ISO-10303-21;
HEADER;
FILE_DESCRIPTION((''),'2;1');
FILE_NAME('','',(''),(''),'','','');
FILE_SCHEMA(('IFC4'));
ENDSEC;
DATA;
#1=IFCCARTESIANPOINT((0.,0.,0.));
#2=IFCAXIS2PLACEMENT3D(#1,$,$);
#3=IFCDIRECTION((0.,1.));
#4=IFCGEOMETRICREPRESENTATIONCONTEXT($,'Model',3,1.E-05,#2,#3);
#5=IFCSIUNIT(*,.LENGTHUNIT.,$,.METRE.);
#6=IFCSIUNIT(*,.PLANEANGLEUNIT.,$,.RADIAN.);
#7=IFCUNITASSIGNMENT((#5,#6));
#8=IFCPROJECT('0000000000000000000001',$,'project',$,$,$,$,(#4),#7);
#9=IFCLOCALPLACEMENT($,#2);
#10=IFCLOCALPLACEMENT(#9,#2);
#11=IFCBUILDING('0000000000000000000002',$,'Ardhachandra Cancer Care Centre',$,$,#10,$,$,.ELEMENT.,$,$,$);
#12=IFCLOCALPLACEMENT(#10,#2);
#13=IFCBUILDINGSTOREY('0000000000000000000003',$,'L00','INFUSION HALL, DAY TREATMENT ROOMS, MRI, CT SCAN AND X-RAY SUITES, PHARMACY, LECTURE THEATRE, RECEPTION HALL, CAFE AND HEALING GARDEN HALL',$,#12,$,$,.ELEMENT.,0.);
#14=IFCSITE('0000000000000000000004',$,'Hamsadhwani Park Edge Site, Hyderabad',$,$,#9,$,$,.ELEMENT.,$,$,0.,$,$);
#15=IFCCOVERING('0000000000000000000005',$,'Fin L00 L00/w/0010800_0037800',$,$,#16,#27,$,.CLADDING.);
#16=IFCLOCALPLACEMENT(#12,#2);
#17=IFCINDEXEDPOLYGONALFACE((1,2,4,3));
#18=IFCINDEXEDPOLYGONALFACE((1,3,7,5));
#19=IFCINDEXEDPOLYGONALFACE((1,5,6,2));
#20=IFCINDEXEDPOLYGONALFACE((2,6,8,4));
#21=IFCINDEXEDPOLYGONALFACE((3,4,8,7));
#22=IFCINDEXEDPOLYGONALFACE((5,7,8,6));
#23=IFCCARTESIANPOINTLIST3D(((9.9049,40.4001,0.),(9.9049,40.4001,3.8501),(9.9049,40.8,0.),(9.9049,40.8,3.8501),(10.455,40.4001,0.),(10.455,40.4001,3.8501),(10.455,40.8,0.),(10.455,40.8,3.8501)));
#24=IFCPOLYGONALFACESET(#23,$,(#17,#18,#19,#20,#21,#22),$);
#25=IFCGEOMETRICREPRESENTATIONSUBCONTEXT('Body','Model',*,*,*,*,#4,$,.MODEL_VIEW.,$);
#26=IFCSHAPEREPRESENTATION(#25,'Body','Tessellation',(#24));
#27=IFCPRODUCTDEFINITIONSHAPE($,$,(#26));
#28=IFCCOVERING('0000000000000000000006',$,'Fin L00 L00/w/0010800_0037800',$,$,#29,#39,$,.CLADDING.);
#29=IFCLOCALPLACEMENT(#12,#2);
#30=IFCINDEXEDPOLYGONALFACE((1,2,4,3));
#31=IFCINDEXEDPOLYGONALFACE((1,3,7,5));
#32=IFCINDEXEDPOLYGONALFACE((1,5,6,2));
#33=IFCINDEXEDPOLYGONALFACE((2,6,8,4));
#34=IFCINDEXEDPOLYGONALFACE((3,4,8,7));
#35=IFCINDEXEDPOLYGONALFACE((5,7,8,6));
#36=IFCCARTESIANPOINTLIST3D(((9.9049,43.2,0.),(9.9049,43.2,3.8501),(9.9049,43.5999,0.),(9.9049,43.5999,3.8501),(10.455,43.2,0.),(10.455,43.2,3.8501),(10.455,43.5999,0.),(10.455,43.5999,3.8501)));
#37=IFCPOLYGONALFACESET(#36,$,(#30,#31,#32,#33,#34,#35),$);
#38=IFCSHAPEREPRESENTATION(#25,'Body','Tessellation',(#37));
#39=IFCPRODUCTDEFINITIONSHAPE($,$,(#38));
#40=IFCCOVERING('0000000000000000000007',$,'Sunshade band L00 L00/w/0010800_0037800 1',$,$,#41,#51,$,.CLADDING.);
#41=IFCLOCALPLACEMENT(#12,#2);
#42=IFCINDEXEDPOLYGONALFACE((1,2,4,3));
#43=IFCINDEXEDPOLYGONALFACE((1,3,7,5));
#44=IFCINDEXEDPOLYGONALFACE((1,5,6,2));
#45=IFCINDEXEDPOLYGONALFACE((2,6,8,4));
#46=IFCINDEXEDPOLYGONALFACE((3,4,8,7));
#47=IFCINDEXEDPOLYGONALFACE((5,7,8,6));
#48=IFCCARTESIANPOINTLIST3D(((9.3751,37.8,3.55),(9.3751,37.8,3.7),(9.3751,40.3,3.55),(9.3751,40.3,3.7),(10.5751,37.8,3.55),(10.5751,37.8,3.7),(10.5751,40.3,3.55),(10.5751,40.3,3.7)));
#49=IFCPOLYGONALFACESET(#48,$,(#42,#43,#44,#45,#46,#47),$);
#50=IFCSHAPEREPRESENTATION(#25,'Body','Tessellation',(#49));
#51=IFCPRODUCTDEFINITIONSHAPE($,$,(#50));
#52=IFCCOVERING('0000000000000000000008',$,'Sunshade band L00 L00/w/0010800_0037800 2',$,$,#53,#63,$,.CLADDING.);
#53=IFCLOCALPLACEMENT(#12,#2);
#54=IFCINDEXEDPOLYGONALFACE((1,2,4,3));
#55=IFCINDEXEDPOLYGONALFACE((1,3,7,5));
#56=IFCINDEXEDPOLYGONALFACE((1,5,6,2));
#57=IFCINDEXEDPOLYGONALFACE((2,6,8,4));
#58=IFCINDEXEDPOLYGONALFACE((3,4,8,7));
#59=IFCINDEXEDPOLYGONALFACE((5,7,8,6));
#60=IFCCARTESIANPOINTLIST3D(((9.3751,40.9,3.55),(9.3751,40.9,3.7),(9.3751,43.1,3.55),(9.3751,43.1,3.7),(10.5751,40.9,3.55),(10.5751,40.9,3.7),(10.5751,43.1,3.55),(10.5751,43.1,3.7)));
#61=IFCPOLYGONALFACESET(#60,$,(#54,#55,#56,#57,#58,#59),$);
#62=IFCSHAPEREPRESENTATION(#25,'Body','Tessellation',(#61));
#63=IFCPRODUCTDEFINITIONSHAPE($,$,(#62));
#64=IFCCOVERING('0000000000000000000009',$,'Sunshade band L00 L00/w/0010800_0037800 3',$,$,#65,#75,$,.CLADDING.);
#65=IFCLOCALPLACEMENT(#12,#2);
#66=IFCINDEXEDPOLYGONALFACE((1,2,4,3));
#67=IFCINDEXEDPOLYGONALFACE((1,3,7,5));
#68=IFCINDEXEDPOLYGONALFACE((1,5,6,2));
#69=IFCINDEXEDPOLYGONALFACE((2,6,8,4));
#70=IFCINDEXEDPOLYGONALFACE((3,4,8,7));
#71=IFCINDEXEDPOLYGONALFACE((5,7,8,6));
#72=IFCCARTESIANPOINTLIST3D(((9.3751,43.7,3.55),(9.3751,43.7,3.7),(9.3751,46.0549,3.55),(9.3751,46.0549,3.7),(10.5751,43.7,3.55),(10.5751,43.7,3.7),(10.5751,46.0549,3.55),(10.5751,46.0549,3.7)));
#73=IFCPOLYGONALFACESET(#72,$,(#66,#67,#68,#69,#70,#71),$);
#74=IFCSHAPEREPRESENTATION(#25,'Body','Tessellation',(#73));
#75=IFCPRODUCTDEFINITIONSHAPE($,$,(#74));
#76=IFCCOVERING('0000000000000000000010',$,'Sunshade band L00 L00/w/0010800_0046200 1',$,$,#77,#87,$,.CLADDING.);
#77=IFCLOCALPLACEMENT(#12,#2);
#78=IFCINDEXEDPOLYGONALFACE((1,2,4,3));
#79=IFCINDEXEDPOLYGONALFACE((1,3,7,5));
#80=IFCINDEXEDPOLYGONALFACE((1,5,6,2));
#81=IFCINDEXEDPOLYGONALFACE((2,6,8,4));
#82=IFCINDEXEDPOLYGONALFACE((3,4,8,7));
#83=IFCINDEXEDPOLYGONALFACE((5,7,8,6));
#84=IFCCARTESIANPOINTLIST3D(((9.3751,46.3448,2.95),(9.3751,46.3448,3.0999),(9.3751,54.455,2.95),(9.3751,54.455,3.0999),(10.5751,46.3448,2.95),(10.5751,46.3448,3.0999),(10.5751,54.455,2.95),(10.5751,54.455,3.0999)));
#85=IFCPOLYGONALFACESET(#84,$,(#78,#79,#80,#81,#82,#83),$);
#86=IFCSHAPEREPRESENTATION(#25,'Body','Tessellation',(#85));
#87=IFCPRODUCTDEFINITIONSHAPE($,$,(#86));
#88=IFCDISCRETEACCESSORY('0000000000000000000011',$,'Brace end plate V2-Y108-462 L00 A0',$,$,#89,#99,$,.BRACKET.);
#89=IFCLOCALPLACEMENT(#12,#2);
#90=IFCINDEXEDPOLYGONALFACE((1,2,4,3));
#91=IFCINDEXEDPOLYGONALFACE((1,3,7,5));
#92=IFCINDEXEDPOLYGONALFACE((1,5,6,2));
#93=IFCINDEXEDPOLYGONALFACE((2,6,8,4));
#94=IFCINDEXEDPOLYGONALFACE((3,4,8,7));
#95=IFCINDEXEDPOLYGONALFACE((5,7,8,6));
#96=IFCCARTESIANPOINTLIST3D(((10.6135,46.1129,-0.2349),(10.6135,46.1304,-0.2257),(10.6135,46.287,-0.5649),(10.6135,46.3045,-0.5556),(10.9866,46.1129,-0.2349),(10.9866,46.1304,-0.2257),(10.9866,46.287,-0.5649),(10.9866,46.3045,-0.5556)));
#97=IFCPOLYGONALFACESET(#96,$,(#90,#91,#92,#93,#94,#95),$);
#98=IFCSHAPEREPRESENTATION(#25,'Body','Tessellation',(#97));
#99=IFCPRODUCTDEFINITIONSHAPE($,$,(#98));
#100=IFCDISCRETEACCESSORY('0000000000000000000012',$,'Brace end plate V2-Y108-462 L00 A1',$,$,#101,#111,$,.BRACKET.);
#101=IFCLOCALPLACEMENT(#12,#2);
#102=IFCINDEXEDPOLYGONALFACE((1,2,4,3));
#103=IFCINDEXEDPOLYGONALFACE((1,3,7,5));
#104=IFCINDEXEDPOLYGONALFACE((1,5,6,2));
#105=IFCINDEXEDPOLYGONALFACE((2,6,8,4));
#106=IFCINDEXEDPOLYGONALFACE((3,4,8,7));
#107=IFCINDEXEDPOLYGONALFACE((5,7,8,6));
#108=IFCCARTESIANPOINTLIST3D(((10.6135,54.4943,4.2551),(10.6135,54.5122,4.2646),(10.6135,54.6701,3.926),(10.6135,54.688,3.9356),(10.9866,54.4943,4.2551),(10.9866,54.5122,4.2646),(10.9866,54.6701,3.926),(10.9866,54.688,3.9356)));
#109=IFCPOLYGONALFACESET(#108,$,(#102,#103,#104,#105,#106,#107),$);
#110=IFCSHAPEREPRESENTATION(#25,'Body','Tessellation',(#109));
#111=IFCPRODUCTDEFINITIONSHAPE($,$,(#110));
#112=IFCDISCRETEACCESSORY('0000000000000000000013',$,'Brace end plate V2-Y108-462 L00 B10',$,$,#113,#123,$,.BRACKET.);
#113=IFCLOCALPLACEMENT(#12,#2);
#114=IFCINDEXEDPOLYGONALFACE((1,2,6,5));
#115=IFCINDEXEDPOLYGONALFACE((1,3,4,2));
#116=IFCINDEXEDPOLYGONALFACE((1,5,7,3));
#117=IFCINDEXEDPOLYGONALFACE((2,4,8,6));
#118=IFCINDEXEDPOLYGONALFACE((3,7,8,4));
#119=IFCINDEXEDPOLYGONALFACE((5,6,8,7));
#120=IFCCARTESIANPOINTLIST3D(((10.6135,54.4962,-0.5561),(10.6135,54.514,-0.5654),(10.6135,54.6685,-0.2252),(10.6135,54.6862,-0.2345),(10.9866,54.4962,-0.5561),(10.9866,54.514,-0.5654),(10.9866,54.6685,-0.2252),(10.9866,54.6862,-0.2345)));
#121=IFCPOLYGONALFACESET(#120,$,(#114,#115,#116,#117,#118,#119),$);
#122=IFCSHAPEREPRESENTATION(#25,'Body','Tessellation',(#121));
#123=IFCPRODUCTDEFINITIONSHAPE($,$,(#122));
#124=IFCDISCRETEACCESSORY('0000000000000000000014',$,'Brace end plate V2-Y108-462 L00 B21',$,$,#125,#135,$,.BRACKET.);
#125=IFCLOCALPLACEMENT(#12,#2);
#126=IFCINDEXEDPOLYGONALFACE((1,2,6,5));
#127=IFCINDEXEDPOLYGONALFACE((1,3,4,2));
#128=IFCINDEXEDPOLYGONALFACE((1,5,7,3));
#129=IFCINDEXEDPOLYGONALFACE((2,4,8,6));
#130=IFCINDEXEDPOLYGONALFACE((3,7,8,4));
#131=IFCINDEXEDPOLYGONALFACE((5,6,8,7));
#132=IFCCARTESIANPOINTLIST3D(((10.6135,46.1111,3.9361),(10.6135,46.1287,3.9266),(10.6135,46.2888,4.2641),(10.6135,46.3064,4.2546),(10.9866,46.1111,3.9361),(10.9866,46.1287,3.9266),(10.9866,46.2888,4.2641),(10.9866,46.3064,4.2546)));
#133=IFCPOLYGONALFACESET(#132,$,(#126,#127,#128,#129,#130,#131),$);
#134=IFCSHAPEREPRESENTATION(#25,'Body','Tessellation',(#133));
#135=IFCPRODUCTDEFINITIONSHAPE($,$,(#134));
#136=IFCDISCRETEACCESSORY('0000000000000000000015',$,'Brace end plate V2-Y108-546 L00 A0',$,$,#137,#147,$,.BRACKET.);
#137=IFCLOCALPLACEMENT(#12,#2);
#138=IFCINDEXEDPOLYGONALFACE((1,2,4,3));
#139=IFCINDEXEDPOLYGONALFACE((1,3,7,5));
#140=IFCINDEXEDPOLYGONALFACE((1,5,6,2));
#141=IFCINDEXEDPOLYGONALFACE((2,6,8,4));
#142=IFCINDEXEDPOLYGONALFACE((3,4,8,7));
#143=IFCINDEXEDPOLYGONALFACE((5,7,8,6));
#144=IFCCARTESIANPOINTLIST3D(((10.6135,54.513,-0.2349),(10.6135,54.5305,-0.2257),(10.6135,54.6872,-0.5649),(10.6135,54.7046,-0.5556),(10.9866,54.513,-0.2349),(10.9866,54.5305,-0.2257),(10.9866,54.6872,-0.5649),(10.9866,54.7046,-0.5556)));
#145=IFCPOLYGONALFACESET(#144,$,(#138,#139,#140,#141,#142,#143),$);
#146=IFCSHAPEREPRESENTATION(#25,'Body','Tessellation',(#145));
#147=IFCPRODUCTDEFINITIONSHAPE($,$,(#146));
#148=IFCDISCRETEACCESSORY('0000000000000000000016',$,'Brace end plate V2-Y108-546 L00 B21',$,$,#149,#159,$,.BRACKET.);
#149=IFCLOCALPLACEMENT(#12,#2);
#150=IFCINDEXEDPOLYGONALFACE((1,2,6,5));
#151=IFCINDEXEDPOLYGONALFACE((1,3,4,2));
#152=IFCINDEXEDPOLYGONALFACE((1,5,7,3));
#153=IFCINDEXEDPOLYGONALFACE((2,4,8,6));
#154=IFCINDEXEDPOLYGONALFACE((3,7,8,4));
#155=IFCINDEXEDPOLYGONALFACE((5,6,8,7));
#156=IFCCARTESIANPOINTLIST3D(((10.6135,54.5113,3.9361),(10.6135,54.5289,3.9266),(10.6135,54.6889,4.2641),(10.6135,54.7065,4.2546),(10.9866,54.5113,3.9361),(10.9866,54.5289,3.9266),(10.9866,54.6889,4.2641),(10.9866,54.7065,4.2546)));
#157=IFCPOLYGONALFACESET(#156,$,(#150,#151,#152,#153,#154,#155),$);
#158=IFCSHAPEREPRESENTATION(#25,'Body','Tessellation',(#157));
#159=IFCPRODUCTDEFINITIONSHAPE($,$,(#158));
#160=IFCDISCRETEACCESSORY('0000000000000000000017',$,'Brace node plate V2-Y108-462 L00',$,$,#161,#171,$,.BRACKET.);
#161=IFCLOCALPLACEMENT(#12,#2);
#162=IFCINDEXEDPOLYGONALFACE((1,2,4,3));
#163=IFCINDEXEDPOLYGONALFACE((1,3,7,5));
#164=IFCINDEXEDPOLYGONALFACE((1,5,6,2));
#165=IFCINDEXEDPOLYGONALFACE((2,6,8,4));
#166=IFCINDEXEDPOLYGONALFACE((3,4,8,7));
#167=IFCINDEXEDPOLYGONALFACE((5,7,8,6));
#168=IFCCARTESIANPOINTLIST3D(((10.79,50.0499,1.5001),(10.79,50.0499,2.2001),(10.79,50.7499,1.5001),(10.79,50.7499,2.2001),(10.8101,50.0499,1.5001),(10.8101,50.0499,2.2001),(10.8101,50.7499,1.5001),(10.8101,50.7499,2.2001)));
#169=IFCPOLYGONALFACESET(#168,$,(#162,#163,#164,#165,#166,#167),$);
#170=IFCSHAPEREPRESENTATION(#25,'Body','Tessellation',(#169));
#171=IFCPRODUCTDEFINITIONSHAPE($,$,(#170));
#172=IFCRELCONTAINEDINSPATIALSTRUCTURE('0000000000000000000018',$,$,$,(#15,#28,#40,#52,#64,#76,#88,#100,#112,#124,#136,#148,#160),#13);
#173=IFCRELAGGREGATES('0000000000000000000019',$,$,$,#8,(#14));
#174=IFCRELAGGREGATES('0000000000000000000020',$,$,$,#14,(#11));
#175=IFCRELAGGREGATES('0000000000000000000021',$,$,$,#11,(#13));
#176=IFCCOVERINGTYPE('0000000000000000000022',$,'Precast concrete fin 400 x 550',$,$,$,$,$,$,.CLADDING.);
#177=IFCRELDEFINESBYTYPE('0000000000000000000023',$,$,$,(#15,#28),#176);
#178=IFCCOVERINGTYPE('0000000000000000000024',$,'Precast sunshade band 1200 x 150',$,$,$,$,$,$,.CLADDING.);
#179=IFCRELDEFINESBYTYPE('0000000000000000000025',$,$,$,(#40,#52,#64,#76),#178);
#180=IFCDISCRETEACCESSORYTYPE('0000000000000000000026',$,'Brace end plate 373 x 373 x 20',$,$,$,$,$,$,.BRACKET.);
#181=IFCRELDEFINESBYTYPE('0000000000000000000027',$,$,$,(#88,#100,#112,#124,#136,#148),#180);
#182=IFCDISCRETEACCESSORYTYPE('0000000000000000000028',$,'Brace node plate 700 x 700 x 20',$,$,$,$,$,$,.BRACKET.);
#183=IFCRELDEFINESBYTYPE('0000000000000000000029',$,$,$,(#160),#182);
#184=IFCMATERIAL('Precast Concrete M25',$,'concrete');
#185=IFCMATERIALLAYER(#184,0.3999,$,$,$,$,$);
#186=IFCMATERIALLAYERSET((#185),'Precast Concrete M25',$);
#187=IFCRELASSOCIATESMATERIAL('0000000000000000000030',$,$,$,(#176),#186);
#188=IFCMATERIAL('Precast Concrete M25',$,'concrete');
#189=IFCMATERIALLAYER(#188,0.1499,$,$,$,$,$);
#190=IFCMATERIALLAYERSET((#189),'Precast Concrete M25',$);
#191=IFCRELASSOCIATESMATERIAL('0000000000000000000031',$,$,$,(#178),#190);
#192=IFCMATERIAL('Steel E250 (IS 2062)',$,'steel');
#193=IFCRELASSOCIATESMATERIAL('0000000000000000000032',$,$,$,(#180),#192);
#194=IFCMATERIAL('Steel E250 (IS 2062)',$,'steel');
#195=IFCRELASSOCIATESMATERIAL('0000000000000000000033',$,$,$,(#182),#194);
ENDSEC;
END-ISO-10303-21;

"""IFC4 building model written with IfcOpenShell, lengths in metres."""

from ifc_helpers import new_model, si_unit, direction, frame, origin, origin_2d, place, context, subcontext, project, spatial, rectangle, extrude, material, layer, layer_set, material_profile, profile_set, type_object, element, save


model = new_model("IFC4")

# Units and contexts
model_context = context("Model", 3, precision=1e-05, world=origin(), true_north=direction((0.0, 1.0)))
body_context = subcontext(model_context, "Body", "Model", "MODEL_VIEW")
ifc_project = project(units=[si_unit("LENGTHUNIT", "METRE"), si_unit("PLANEANGLEUNIT", "RADIAN")], contexts=[model_context])

# Site, building, storey
site_placement = place(None, origin())
site = spatial("IfcSite", under=ifc_project, at=site_placement, Name="Hamsadhwani Park Edge Site, Hyderabad", CompositionType="ELEMENT", RefElevation=0.0)
building_placement = place(site_placement, origin())
building = spatial("IfcBuilding", under=site, at=building_placement, Name="Ardhachandra Cancer Care Centre", CompositionType="ELEMENT")
storey_placement = place(building_placement, origin())
storey = spatial("IfcBuildingStorey", under=building, at=storey_placement, Name="L00", Description="INFUSION HALL, DAY TREATMENT ROOMS, MRI, CT SCAN AND X-RAY SUITES, PHARMACY, LECTURE THEATRE, RECEPTION HALL, CAFE AND HEALING GARDEN HALL", CompositionType="ELEMENT", Elevation=0.0)

# Coverings
ifc_material_1 = material(Name="Precast Concrete M25", Category="concrete")
ifc_layer_1 = layer(ifc_material_1, 0.3999)
ifc_layer_set_1 = layer_set([ifc_layer_1], Name="Precast Concrete M25")
covering_type_1 = type_object("IfcCoveringType", Name="Precast concrete fin 400 x 550", PredefinedType="CLADDING", material=ifc_layer_set_1)
for number, where, z_axis, x_axis, name in (
    (1, (10.1799, 40.6001, 0.0), (0.0, 0.0, 1.0), (0.0, 1.0, 0.0), "Fin L00 L00/w/0010800_0037800"),
    (2, (10.1799, 43.3999, 0.0), (0.0, 0.0, 1.0), (0.0, 1.0, 0.0), "Fin L00 L00/w/0010800_0037800"),
):
    element("IfcCovering", number, at=place(storey_placement, frame(where, z_axis=z_axis, x_axis=x_axis)), inside=storey, type_object=covering_type_1, Name=name, PredefinedType="CLADDING", context=body_context, shape_type="SweptSolid", body=[
        extrude(rectangle(XDim=0.3999, YDim=0.55, at=origin_2d()), origin(), (0.0, 0.0, 1.0), 3.8501),
    ])
ifc_material_2 = material(Name="Precast Concrete M25", Category="concrete")
ifc_layer_2 = layer(ifc_material_2, 0.1499)
ifc_layer_set_2 = layer_set([ifc_layer_2], Name="Precast Concrete M25")
covering_type_2 = type_object("IfcCoveringType", Name="Precast sunshade band 1200 x 150", PredefinedType="CLADDING", material=ifc_layer_set_2)
covering_1_placement = place(storey_placement, frame((9.9751, 39.05, 3.55), z_axis=(0.0, 0.0, 1.0), x_axis=(0.0, 1.0, 0.0)))
element("IfcCovering", 3, at=covering_1_placement, inside=storey, type_object=covering_type_2, Name="Sunshade band L00 L00/w/0010800_0037800 1", PredefinedType="CLADDING", context=body_context, shape_type="SweptSolid", body=[
    extrude(rectangle(XDim=2.5, YDim=1.2, at=origin_2d()), origin(), (0.0, 0.0, 1.0), 0.1499),
])
covering_2_placement = place(storey_placement, frame((9.9751, 42.0, 3.55), z_axis=(0.0, 0.0, 1.0), x_axis=(0.0, 1.0, 0.0)))
element("IfcCovering", 4, at=covering_2_placement, inside=storey, type_object=covering_type_2, Name="Sunshade band L00 L00/w/0010800_0037800 2", PredefinedType="CLADDING", context=body_context, shape_type="SweptSolid", body=[
    extrude(rectangle(XDim=2.2, YDim=1.2, at=origin_2d()), origin(), (0.0, 0.0, 1.0), 0.1499),
])
covering_3_placement = place(storey_placement, frame((9.9751, 44.8774, 3.55), z_axis=(0.0, 0.0, 1.0), x_axis=(0.0, 1.0, 0.0)))
element("IfcCovering", 5, at=covering_3_placement, inside=storey, type_object=covering_type_2, Name="Sunshade band L00 L00/w/0010800_0037800 3", PredefinedType="CLADDING", context=body_context, shape_type="SweptSolid", body=[
    extrude(rectangle(XDim=2.355, YDim=1.2, at=origin_2d()), origin(), (0.0, 0.0, 1.0), 0.1499),
])
covering_4_placement = place(storey_placement, frame((9.9751, 50.3999, 2.95), z_axis=(0.0, 0.0, 1.0), x_axis=(0.0, 1.0, 0.0)))
element("IfcCovering", 6, at=covering_4_placement, inside=storey, type_object=covering_type_2, Name="Sunshade band L00 L00/w/0010800_0046200 1", PredefinedType="CLADDING", context=body_context, shape_type="SweptSolid", body=[
    extrude(rectangle(XDim=8.1101, YDim=1.2, at=origin_2d()), origin(), (0.0, 0.0, 1.0), 0.1499),
])

# Discrete accessories
ifc_material_3 = material(Name="Steel E250 (IS 2062)", Category="steel")
ifc_material_profile_1 = material_profile(ifc_material_3, rectangle(XDim=0.373, YDim=0.373, at=origin_2d()), Name="PL 373x373x20")
ifc_profile_set_1 = profile_set([ifc_material_profile_1], Name="Steel E250 (IS 2062)")
discrete_accessory_type_1 = type_object("IfcDiscreteAccessoryType", Name="Brace end plate 373 x 373 x 20", PredefinedType="BRACKET", material=ifc_profile_set_1)
discrete_accessory_1_placement = place(storey_placement, frame((10.8, 46.2, -0.3999), z_axis=(0.0, 0.884385, 0.466759), x_axis=(-1.0, 0.0, 0.0)))
element("IfcDiscreteAccessory", 7, at=discrete_accessory_1_placement, inside=storey, type_object=discrete_accessory_type_1, Name="Brace end plate V2-Y108-462 L00 A0", PredefinedType="BRACKET", context=body_context, shape_type="SweptSolid", body=[
    extrude(rectangle(XDim=0.373, YDim=0.373, at=origin_2d()), origin(), (0.0, 0.0, 1.0), 0.0198),
])
discrete_accessory_2_placement = place(storey_placement, frame((10.8, 54.6001, 4.1001), z_axis=(0.0, -0.882018, -0.471215), x_axis=(1.0, 0.0, 0.0)))
element("IfcDiscreteAccessory", 8, at=discrete_accessory_2_placement, inside=storey, type_object=discrete_accessory_type_1, Name="Brace end plate V2-Y108-462 L00 A1", PredefinedType="BRACKET", context=body_context, shape_type="SweptSolid", body=[
    extrude(rectangle(XDim=0.373, YDim=0.373, at=origin_2d()), origin(), (0.0, 0.0, 1.0), 0.0203),
])
for number, where, z_axis, x_axis, name in (
    (9, (10.8, 54.6001, -0.3999), (0.0, -0.887018, 0.461735), (1.0, 0.0, 0.0), "Brace end plate V2-Y108-462 L00 B10"),
    (10, (10.8, 46.2, 4.1001), (0.0, 0.879292, -0.476283), (-1.0, 0.0, 0.0), "Brace end plate V2-Y108-462 L00 B21"),
):
    element("IfcDiscreteAccessory", number, at=place(storey_placement, frame(where, z_axis=z_axis, x_axis=x_axis)), inside=storey, type_object=discrete_accessory_type_1, Name=name, PredefinedType="BRACKET", context=body_context, shape_type="SweptSolid", body=[
        extrude(rectangle(XDim=0.373, YDim=0.373, at=origin_2d()), origin(), (0.0, 0.0, 1.0), 0.02),
    ])
discrete_accessory_3_placement = place(storey_placement, frame((10.8, 54.6001, -0.3999), z_axis=(0.0, 0.884385, 0.466759), x_axis=(-1.0, 0.0, 0.0)))
element("IfcDiscreteAccessory", 11, at=discrete_accessory_3_placement, inside=storey, type_object=discrete_accessory_type_1, Name="Brace end plate V2-Y108-546 L00 A0", PredefinedType="BRACKET", context=body_context, shape_type="SweptSolid", body=[
    extrude(rectangle(XDim=0.373, YDim=0.373, at=origin_2d()), origin(), (0.0, 0.0, 1.0), 0.0198),
])
discrete_accessory_4_placement = place(storey_placement, frame((10.8, 54.6001, 4.1001), z_axis=(0.0, 0.879292, -0.476283), x_axis=(-1.0, 0.0, 0.0)))
element("IfcDiscreteAccessory", 12, at=discrete_accessory_4_placement, inside=storey, type_object=discrete_accessory_type_1, Name="Brace end plate V2-Y108-546 L00 B21", PredefinedType="BRACKET", context=body_context, shape_type="SweptSolid", body=[
    extrude(rectangle(XDim=0.373, YDim=0.373, at=origin_2d()), origin(), (0.0, 0.0, 1.0), 0.02),
])
ifc_material_4 = material(Name="Steel E250 (IS 2062)", Category="steel")
ifc_material_profile_2 = material_profile(ifc_material_4, rectangle(XDim=0.7, YDim=0.7, at=origin_2d()), Name="PL 700x700x20")
ifc_profile_set_2 = profile_set([ifc_material_profile_2], Name="Steel E250 (IS 2062)")
discrete_accessory_type_2 = type_object("IfcDiscreteAccessoryType", Name="Brace node plate 700 x 700 x 20", PredefinedType="BRACKET", material=ifc_profile_set_2)
discrete_accessory_5_placement = place(storey_placement, frame((10.79, 50.3999, 1.8501), z_axis=(1.0, 0.0, 0.0), x_axis=(0.0, 1.0, 0.0)))
element("IfcDiscreteAccessory", 13, at=discrete_accessory_5_placement, inside=storey, type_object=discrete_accessory_type_2, Name="Brace node plate V2-Y108-462 L00", PredefinedType="BRACKET", context=body_context, shape_type="SweptSolid", body=[
    extrude(rectangle(XDim=0.7, YDim=0.7, at=origin_2d()), origin(), (0.0, 0.0, 1.0), 0.02),
])

save(model, "model.ifc")
